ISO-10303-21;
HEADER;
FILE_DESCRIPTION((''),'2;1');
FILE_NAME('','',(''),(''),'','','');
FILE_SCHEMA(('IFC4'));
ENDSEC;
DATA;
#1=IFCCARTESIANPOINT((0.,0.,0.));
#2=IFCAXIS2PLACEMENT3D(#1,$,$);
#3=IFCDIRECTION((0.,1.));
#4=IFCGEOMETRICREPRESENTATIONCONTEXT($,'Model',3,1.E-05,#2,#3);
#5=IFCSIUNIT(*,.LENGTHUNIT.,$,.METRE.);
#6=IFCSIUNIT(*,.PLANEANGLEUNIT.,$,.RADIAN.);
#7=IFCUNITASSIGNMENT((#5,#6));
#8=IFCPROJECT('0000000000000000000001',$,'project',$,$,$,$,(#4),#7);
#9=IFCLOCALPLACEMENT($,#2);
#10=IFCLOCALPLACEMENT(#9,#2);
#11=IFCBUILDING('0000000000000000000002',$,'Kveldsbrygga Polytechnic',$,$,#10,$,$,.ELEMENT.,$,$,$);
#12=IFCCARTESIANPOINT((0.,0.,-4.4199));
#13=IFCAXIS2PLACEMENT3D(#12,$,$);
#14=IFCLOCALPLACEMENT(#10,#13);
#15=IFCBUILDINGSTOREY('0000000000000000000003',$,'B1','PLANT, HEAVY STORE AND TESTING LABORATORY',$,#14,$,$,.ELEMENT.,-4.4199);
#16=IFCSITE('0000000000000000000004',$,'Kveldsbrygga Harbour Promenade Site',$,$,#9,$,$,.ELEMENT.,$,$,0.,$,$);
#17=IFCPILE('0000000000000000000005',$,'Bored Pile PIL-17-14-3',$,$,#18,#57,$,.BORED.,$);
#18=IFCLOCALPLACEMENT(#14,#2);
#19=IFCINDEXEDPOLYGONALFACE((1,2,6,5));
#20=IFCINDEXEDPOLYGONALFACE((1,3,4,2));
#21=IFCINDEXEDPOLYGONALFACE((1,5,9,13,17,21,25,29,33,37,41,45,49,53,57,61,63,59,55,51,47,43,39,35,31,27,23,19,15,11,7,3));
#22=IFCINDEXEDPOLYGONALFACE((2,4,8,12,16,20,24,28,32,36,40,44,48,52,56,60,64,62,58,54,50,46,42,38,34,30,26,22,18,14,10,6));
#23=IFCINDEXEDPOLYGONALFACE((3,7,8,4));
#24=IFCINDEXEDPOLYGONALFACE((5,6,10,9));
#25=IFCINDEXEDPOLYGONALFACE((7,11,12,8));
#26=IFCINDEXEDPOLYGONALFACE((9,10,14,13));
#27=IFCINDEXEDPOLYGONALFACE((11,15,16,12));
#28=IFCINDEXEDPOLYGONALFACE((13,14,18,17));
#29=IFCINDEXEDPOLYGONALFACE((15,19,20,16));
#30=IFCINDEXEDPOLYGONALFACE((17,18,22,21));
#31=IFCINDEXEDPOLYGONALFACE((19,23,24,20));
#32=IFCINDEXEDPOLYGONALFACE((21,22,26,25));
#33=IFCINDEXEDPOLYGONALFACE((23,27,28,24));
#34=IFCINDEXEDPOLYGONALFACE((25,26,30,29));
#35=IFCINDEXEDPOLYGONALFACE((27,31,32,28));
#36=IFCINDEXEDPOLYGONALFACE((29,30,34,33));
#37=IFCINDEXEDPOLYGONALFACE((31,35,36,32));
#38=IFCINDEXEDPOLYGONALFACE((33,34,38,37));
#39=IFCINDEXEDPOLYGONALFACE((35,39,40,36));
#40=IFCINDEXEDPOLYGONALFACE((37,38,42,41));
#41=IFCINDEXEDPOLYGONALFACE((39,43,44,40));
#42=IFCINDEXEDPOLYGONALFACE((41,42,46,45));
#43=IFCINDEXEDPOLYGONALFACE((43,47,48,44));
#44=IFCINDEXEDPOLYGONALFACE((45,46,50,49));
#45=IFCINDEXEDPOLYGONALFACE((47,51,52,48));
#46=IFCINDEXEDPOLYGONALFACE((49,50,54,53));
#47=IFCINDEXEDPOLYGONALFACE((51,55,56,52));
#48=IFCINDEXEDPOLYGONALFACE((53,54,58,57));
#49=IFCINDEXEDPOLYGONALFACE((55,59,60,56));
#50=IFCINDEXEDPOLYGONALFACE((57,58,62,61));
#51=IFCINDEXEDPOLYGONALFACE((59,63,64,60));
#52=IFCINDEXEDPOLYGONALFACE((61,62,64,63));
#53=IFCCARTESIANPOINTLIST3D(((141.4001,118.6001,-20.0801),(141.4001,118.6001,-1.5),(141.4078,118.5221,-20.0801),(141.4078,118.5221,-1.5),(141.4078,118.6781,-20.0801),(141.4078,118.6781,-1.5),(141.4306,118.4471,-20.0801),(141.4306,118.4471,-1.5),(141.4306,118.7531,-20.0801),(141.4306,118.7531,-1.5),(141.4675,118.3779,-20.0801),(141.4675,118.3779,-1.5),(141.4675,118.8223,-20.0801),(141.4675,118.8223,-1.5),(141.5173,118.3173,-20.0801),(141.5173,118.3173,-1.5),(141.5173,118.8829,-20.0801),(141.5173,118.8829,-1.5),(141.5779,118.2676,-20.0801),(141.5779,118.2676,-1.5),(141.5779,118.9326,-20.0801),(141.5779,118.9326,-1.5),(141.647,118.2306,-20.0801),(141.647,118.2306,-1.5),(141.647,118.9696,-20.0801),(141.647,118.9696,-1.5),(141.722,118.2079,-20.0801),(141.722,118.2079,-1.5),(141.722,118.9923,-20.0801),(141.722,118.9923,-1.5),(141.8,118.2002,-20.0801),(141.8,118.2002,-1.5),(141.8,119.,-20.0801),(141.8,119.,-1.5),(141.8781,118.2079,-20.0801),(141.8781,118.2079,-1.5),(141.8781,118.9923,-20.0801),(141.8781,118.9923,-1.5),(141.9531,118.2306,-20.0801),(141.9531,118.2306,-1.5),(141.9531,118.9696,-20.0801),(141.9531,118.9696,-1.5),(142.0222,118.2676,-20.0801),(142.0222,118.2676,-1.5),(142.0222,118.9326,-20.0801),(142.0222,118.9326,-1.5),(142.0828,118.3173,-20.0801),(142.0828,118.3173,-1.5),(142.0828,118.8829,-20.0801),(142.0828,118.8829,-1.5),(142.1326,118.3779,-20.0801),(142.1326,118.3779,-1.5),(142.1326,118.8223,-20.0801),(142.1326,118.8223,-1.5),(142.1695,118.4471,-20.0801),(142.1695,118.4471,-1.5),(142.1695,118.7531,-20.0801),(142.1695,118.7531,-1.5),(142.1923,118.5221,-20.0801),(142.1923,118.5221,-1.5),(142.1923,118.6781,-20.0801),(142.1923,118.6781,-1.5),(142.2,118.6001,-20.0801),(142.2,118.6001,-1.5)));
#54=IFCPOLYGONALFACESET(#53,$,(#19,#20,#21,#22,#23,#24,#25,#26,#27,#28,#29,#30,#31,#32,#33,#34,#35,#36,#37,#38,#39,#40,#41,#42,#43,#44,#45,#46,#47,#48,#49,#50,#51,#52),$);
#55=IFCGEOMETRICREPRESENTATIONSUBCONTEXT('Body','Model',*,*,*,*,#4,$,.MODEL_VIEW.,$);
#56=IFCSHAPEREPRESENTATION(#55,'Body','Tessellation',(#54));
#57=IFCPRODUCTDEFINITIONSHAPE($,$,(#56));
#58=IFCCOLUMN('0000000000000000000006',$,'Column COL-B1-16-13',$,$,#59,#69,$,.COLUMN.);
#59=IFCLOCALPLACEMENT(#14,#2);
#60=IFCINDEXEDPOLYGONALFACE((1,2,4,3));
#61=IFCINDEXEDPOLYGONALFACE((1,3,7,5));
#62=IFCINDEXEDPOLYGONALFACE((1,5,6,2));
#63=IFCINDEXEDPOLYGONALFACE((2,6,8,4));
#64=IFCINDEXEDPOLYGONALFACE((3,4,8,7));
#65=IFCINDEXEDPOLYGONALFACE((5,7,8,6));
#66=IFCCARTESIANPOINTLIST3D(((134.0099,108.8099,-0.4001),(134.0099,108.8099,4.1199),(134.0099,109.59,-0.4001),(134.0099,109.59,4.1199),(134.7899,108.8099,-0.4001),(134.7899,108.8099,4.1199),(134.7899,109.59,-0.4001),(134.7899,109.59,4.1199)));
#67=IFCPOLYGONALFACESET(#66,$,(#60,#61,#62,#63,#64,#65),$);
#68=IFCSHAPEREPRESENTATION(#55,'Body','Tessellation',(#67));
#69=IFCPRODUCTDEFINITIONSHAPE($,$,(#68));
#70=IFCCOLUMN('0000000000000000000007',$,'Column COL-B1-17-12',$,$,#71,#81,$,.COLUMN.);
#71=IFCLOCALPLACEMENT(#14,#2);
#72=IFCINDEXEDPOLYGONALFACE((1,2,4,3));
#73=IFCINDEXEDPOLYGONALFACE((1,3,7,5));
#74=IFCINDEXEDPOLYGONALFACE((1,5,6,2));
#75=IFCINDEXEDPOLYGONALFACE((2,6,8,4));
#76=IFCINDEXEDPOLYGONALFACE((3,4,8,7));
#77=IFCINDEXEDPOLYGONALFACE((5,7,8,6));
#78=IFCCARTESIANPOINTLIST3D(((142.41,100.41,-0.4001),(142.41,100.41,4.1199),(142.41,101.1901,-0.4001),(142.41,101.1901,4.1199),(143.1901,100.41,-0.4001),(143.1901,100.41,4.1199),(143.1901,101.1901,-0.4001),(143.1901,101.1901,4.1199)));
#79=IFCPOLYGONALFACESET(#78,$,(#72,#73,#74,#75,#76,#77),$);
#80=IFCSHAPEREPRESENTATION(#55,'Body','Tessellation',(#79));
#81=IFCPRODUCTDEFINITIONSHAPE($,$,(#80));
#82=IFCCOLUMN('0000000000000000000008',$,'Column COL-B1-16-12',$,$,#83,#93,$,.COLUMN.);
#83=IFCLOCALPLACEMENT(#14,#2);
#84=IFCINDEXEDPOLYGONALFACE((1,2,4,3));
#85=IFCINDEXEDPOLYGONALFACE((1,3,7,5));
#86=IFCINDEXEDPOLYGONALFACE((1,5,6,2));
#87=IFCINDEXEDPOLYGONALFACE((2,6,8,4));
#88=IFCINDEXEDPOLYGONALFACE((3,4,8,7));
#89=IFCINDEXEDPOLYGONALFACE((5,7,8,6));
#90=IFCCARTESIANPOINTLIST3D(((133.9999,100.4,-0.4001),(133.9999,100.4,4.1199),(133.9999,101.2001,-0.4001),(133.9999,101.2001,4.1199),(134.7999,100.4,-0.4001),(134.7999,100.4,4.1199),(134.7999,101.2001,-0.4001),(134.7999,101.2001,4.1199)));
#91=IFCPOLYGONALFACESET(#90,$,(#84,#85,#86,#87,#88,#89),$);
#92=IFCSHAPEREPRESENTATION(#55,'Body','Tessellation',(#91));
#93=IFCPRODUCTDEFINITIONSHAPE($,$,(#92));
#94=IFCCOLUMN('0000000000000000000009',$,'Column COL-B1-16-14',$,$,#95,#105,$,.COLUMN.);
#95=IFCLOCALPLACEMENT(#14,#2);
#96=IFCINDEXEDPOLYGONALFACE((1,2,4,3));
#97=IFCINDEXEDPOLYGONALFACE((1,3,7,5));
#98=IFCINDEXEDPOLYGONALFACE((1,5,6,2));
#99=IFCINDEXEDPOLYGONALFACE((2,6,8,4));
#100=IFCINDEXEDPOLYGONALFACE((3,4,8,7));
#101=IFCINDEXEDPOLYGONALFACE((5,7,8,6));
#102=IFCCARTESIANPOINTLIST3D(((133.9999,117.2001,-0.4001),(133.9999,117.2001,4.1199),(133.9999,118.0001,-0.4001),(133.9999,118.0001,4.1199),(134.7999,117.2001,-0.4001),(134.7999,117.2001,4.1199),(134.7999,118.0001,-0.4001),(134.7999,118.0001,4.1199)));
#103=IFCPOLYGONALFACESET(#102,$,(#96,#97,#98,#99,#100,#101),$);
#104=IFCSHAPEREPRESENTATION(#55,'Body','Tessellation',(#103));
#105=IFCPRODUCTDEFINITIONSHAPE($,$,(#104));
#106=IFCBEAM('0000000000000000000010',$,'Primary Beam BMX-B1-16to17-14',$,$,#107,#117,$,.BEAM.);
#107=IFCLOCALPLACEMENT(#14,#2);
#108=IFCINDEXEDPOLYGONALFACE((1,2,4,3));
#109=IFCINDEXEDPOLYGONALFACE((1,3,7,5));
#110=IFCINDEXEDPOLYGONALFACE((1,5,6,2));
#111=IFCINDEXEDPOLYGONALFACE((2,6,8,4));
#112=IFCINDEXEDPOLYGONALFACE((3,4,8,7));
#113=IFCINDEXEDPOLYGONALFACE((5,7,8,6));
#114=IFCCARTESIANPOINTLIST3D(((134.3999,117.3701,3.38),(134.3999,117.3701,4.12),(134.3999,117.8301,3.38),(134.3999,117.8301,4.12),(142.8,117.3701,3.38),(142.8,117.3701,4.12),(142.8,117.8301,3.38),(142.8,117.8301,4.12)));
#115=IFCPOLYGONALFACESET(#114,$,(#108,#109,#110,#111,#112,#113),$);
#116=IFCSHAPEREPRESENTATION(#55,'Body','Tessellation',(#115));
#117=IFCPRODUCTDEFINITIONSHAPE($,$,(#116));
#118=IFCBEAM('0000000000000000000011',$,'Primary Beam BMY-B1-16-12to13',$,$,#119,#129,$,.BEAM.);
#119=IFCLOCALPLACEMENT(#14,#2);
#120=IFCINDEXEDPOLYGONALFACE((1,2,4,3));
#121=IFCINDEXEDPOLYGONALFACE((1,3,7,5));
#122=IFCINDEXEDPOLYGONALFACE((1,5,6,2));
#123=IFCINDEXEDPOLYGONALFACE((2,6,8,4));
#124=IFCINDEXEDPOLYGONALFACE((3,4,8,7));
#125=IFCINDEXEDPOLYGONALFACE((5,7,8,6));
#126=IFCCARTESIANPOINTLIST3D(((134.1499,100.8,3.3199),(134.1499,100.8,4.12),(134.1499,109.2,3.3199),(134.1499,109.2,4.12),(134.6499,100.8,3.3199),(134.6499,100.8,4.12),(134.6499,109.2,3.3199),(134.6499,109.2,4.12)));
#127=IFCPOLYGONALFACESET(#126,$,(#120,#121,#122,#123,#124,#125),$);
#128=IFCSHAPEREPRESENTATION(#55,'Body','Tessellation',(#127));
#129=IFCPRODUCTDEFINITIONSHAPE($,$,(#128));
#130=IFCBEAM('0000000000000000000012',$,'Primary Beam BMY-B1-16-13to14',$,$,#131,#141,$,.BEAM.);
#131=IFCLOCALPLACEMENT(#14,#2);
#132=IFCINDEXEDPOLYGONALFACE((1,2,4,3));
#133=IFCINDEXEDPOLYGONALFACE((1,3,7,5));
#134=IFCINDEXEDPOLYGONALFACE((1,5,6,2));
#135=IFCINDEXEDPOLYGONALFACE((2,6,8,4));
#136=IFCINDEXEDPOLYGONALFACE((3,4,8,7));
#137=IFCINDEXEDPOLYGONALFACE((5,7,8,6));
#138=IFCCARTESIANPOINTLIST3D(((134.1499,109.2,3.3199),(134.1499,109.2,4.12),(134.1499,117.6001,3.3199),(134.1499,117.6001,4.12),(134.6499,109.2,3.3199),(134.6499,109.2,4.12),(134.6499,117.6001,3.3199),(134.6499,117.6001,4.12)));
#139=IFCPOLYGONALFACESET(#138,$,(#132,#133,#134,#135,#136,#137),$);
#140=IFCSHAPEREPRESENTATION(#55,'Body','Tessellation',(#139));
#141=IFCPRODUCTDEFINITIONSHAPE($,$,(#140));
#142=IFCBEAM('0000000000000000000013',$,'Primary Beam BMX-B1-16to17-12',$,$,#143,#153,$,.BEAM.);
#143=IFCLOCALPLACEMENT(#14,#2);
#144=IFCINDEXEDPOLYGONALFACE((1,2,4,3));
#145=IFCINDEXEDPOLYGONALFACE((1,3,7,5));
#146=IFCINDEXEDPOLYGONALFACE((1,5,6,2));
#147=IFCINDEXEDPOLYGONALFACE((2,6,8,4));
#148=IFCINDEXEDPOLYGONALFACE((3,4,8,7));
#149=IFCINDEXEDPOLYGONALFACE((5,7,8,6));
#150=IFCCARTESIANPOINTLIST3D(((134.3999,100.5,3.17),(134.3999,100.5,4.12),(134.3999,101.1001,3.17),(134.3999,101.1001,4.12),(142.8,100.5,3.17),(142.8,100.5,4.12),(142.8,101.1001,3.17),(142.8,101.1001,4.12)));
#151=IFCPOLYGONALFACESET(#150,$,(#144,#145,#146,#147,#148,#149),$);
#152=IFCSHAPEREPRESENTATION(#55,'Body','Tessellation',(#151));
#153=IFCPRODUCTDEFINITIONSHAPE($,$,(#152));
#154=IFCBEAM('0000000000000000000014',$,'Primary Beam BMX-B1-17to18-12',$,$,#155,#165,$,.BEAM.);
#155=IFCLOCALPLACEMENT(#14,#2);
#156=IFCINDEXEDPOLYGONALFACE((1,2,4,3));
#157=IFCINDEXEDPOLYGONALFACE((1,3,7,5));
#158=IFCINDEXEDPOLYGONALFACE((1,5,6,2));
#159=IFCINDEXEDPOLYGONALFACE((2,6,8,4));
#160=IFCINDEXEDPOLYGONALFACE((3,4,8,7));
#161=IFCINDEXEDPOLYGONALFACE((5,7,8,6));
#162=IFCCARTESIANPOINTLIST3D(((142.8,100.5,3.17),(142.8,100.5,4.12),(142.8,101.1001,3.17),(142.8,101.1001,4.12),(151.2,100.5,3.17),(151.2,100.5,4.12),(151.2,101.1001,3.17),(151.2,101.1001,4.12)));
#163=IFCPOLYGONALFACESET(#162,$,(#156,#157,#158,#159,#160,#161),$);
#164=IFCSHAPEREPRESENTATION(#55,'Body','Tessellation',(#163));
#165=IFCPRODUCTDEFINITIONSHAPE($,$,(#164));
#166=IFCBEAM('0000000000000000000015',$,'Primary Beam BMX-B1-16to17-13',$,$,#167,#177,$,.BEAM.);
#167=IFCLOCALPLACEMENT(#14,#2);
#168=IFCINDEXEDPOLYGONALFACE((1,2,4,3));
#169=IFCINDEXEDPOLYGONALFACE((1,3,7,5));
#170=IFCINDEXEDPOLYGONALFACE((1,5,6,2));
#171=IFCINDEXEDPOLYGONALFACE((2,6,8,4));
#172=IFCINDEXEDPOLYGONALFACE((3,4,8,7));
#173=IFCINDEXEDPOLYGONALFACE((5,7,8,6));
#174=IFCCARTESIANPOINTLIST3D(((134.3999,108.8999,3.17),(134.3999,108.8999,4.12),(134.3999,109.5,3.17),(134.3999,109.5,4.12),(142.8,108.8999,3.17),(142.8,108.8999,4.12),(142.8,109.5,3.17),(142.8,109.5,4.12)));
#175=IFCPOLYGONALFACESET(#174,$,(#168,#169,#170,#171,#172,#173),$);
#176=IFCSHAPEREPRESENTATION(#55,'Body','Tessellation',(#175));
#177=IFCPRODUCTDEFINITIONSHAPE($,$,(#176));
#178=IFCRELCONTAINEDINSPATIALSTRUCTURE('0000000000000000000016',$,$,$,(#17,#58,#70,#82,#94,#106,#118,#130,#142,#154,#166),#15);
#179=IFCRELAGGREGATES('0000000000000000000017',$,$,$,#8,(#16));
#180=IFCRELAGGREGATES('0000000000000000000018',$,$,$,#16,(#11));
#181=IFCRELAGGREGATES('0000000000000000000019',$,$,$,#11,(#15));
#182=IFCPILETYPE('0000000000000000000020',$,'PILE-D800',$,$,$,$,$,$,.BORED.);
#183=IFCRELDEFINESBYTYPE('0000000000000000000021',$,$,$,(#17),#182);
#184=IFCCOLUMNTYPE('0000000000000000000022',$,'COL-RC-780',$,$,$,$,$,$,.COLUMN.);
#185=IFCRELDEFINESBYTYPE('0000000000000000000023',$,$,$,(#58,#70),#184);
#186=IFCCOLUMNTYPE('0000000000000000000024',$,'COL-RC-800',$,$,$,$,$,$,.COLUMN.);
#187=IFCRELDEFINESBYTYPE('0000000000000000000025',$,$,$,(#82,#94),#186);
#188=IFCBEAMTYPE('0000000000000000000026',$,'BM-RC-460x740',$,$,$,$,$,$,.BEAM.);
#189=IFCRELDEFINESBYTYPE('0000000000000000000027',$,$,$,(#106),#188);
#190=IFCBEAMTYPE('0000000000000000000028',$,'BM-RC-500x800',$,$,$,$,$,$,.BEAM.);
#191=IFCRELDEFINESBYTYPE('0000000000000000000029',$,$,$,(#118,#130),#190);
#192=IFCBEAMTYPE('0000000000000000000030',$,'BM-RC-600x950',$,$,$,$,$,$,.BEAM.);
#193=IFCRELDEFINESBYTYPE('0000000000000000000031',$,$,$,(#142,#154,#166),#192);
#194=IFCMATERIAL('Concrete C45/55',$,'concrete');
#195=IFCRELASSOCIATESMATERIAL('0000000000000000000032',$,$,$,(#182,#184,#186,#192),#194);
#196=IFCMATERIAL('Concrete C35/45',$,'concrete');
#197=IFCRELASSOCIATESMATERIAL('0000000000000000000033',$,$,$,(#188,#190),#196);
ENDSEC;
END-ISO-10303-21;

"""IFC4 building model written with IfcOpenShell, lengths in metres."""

from ifc_helpers import new_model, si_unit, direction, frame, origin, origin_2d, place, context, subcontext, project, spatial, rectangle, circle, extrude, material, material_profile, profile_set, type_object, element, save


model = new_model("IFC4")

# Units and contexts
model_context = context("Model", 3, precision=1e-05, world=origin(), true_north=direction((0.0, 1.0)))
body_context = subcontext(model_context, "Body", "Model", "MODEL_VIEW")
ifc_project = project(units=[si_unit("LENGTHUNIT", "METRE"), si_unit("PLANEANGLEUNIT", "RADIAN")], contexts=[model_context])

# Site, building, storey
site_placement = place(None, origin())
site = spatial("IfcSite", under=ifc_project, at=site_placement, Name="Kveldsbrygga Harbour Promenade Site", CompositionType="ELEMENT", RefElevation=0.0)
building_placement = place(site_placement, origin())
building = spatial("IfcBuilding", under=site, at=building_placement, Name="Kveldsbrygga Polytechnic", CompositionType="ELEMENT")
storey_placement = place(building_placement, frame((0.0, 0.0, -4.4199)))
storey = spatial("IfcBuildingStorey", under=building, at=storey_placement, Name="B1", Description="PLANT, HEAVY STORE AND TESTING LABORATORY", CompositionType="ELEMENT", Elevation=-4.4199)

# Shared definitions
ifc_material_1 = material(Name="Concrete C45/55", Category="concrete")

# Pile
ifc_material_profile_1 = material_profile(ifc_material_1, circle(Radius=0.3999, at=origin_2d()), Name="PILE D800")
ifc_profile_set_1 = profile_set([ifc_material_profile_1], Name="Concrete C45/55")
pile_type = type_object("IfcPileType", Name="PILE-D800", PredefinedType="BORED", material=ifc_profile_set_1)
for number, where, z_axis, x_axis, name in (
    (1, (141.8, 118.6001, -1.5), (0.0, 0.0, -1.0), (1.0, 0.0, 0.0), "Bored Pile PIL-17-14-3"),
):
    element("IfcPile", number, at=place(storey_placement, frame(where, z_axis=z_axis, x_axis=x_axis)), inside=storey, type_object=pile_type, Name=name, PredefinedType="BORED", context=body_context, shape_type="SweptSolid", body=[
        extrude(circle(Radius=0.3999, at=origin_2d()), origin(), (0.0, 0.0, 1.0), 18.5801),
    ])

# Columns
ifc_material_profile_2 = material_profile(ifc_material_1, rectangle(XDim=0.78, YDim=0.78, at=origin_2d()), Name="RC 780x780")
ifc_profile_set_2 = profile_set([ifc_material_profile_2], Name="Concrete C45/55")
column_type_1 = type_object("IfcColumnType", Name="COL-RC-780", PredefinedType="COLUMN", material=ifc_profile_set_2)
for number, where, z_axis, x_axis, name in (
    (2, (134.3999, 109.2, -0.4001), (0.0, 0.0, 1.0), (1.0, 0.0, 0.0), "Column COL-B1-16-13"),
    (3, (142.8, 100.8, -0.4001), (0.0, 0.0, 1.0), (1.0, 0.0, 0.0), "Column COL-B1-17-12"),
):
    element("IfcColumn", number, at=place(storey_placement, frame(where, z_axis=z_axis, x_axis=x_axis)), inside=storey, type_object=column_type_1, Name=name, PredefinedType="COLUMN", context=body_context, shape_type="SweptSolid", body=[
        extrude(rectangle(XDim=0.78, YDim=0.78, at=origin_2d()), origin(), (0.0, 0.0, 1.0), 4.52),
    ])
ifc_material_profile_3 = material_profile(ifc_material_1, rectangle(XDim=0.8, YDim=0.8, at=origin_2d()), Name="RC 800x800")
ifc_profile_set_3 = profile_set([ifc_material_profile_3], Name="Concrete C45/55")
column_type_2 = type_object("IfcColumnType", Name="COL-RC-800", PredefinedType="COLUMN", material=ifc_profile_set_3)
for number, where, z_axis, x_axis, name in (
    (4, (134.3999, 100.8, -0.4001), (0.0, 0.0, 1.0), (1.0, 0.0, 0.0), "Column COL-B1-16-12"),
    (5, (134.3999, 117.6001, -0.4001), (0.0, 0.0, 1.0), (1.0, 0.0, 0.0), "Column COL-B1-16-14"),
):
    element("IfcColumn", number, at=place(storey_placement, frame(where, z_axis=z_axis, x_axis=x_axis)), inside=storey, type_object=column_type_2, Name=name, PredefinedType="COLUMN", context=body_context, shape_type="SweptSolid", body=[
        extrude(rectangle(XDim=0.8, YDim=0.8, at=origin_2d()), origin(), (0.0, 0.0, 1.0), 4.52),
    ])

# Beams
ifc_material_2 = material(Name="Concrete C35/45", Category="concrete")
ifc_material_profile_4 = material_profile(ifc_material_2, rectangle(XDim=0.46, YDim=0.74, at=origin_2d()), Name="RC 460x740")
ifc_profile_set_4 = profile_set([ifc_material_profile_4], Name="Concrete C35/45")
beam_type_1 = type_object("IfcBeamType", Name="BM-RC-460x740", PredefinedType="BEAM", material=ifc_profile_set_4)
beam_1_placement = place(storey_placement, frame((134.3999, 117.6001, 3.75), z_axis=(1.0, 0.0, 0.0), x_axis=(0.0, 1.0, 0.0)))
element("IfcBeam", 6, at=beam_1_placement, inside=storey, type_object=beam_type_1, Name="Primary Beam BMX-B1-16to17-14", PredefinedType="BEAM", context=body_context, shape_type="SweptSolid", body=[
    extrude(rectangle(XDim=0.46, YDim=0.74, at=origin_2d()), origin(), (0.0, 0.0, 1.0), 8.4001),
])
ifc_material_profile_5 = material_profile(ifc_material_2, rectangle(XDim=0.5, YDim=0.8, at=origin_2d()), Name="RC 500x800")
ifc_profile_set_5 = profile_set([ifc_material_profile_5], Name="Concrete C35/45")
beam_type_2 = type_object("IfcBeamType", Name="BM-RC-500x800", PredefinedType="BEAM", material=ifc_profile_set_5)
beam_2_placement = place(storey_placement, frame((134.3999, 100.8, 3.72), z_axis=(0.0, 1.0, 0.0), x_axis=(-1.0, 0.0, 0.0)))
element("IfcBeam", 7, at=beam_2_placement, inside=storey, type_object=beam_type_2, Name="Primary Beam BMY-B1-16-12to13", PredefinedType="BEAM", context=body_context, shape_type="SweptSolid", body=[
    extrude(rectangle(XDim=0.5, YDim=0.8, at=origin_2d()), origin(), (0.0, 0.0, 1.0), 8.3999),
])
beam_3_placement = place(storey_placement, frame((134.3999, 109.2, 3.72), z_axis=(0.0, 1.0, 0.0), x_axis=(-1.0, 0.0, 0.0)))
element("IfcBeam", 8, at=beam_3_placement, inside=storey, type_object=beam_type_2, Name="Primary Beam BMY-B1-16-13to14", PredefinedType="BEAM", context=body_context, shape_type="SweptSolid", body=[
    extrude(rectangle(XDim=0.5, YDim=0.8, at=origin_2d()), origin(), (0.0, 0.0, 1.0), 8.4001),
])
ifc_material_profile_6 = material_profile(ifc_material_1, rectangle(XDim=0.6001, YDim=0.95, at=origin_2d()), Name="RC 600x950")
ifc_profile_set_6 = profile_set([ifc_material_profile_6], Name="Concrete C45/55")
beam_type_3 = type_object("IfcBeamType", Name="BM-RC-600x950", PredefinedType="BEAM", material=ifc_profile_set_6)
beam_4_placement = place(storey_placement, frame((134.3999, 100.8, 3.645), z_axis=(1.0, 0.0, 0.0), x_axis=(0.0, 1.0, 0.0)))
element("IfcBeam", 9, at=beam_4_placement, inside=storey, type_object=beam_type_3, Name="Primary Beam BMX-B1-16to17-12", PredefinedType="BEAM", context=body_context, shape_type="SweptSolid", body=[
    extrude(rectangle(XDim=0.6001, YDim=0.95, at=origin_2d()), origin(), (0.0, 0.0, 1.0), 8.4001),
])
beam_5_placement = place(storey_placement, frame((142.8, 100.8, 3.645), z_axis=(1.0, 0.0, 0.0), x_axis=(0.0, 1.0, 0.0)))
element("IfcBeam", 10, at=beam_5_placement, inside=storey, type_object=beam_type_3, Name="Primary Beam BMX-B1-17to18-12", PredefinedType="BEAM", context=body_context, shape_type="SweptSolid", body=[
    extrude(rectangle(XDim=0.6001, YDim=0.95, at=origin_2d()), origin(), (0.0, 0.0, 1.0), 8.3999),
])
beam_6_placement = place(storey_placement, frame((134.3999, 109.2, 3.645), z_axis=(1.0, 0.0, 0.0), x_axis=(0.0, 1.0, 0.0)))
element("IfcBeam", 11, at=beam_6_placement, inside=storey, type_object=beam_type_3, Name="Primary Beam BMX-B1-16to17-13", PredefinedType="BEAM", context=body_context, shape_type="SweptSolid", body=[
    extrude(rectangle(XDim=0.6001, YDim=0.95, at=origin_2d()), origin(), (0.0, 0.0, 1.0), 8.4001),
])

save(model, "model.ifc")
